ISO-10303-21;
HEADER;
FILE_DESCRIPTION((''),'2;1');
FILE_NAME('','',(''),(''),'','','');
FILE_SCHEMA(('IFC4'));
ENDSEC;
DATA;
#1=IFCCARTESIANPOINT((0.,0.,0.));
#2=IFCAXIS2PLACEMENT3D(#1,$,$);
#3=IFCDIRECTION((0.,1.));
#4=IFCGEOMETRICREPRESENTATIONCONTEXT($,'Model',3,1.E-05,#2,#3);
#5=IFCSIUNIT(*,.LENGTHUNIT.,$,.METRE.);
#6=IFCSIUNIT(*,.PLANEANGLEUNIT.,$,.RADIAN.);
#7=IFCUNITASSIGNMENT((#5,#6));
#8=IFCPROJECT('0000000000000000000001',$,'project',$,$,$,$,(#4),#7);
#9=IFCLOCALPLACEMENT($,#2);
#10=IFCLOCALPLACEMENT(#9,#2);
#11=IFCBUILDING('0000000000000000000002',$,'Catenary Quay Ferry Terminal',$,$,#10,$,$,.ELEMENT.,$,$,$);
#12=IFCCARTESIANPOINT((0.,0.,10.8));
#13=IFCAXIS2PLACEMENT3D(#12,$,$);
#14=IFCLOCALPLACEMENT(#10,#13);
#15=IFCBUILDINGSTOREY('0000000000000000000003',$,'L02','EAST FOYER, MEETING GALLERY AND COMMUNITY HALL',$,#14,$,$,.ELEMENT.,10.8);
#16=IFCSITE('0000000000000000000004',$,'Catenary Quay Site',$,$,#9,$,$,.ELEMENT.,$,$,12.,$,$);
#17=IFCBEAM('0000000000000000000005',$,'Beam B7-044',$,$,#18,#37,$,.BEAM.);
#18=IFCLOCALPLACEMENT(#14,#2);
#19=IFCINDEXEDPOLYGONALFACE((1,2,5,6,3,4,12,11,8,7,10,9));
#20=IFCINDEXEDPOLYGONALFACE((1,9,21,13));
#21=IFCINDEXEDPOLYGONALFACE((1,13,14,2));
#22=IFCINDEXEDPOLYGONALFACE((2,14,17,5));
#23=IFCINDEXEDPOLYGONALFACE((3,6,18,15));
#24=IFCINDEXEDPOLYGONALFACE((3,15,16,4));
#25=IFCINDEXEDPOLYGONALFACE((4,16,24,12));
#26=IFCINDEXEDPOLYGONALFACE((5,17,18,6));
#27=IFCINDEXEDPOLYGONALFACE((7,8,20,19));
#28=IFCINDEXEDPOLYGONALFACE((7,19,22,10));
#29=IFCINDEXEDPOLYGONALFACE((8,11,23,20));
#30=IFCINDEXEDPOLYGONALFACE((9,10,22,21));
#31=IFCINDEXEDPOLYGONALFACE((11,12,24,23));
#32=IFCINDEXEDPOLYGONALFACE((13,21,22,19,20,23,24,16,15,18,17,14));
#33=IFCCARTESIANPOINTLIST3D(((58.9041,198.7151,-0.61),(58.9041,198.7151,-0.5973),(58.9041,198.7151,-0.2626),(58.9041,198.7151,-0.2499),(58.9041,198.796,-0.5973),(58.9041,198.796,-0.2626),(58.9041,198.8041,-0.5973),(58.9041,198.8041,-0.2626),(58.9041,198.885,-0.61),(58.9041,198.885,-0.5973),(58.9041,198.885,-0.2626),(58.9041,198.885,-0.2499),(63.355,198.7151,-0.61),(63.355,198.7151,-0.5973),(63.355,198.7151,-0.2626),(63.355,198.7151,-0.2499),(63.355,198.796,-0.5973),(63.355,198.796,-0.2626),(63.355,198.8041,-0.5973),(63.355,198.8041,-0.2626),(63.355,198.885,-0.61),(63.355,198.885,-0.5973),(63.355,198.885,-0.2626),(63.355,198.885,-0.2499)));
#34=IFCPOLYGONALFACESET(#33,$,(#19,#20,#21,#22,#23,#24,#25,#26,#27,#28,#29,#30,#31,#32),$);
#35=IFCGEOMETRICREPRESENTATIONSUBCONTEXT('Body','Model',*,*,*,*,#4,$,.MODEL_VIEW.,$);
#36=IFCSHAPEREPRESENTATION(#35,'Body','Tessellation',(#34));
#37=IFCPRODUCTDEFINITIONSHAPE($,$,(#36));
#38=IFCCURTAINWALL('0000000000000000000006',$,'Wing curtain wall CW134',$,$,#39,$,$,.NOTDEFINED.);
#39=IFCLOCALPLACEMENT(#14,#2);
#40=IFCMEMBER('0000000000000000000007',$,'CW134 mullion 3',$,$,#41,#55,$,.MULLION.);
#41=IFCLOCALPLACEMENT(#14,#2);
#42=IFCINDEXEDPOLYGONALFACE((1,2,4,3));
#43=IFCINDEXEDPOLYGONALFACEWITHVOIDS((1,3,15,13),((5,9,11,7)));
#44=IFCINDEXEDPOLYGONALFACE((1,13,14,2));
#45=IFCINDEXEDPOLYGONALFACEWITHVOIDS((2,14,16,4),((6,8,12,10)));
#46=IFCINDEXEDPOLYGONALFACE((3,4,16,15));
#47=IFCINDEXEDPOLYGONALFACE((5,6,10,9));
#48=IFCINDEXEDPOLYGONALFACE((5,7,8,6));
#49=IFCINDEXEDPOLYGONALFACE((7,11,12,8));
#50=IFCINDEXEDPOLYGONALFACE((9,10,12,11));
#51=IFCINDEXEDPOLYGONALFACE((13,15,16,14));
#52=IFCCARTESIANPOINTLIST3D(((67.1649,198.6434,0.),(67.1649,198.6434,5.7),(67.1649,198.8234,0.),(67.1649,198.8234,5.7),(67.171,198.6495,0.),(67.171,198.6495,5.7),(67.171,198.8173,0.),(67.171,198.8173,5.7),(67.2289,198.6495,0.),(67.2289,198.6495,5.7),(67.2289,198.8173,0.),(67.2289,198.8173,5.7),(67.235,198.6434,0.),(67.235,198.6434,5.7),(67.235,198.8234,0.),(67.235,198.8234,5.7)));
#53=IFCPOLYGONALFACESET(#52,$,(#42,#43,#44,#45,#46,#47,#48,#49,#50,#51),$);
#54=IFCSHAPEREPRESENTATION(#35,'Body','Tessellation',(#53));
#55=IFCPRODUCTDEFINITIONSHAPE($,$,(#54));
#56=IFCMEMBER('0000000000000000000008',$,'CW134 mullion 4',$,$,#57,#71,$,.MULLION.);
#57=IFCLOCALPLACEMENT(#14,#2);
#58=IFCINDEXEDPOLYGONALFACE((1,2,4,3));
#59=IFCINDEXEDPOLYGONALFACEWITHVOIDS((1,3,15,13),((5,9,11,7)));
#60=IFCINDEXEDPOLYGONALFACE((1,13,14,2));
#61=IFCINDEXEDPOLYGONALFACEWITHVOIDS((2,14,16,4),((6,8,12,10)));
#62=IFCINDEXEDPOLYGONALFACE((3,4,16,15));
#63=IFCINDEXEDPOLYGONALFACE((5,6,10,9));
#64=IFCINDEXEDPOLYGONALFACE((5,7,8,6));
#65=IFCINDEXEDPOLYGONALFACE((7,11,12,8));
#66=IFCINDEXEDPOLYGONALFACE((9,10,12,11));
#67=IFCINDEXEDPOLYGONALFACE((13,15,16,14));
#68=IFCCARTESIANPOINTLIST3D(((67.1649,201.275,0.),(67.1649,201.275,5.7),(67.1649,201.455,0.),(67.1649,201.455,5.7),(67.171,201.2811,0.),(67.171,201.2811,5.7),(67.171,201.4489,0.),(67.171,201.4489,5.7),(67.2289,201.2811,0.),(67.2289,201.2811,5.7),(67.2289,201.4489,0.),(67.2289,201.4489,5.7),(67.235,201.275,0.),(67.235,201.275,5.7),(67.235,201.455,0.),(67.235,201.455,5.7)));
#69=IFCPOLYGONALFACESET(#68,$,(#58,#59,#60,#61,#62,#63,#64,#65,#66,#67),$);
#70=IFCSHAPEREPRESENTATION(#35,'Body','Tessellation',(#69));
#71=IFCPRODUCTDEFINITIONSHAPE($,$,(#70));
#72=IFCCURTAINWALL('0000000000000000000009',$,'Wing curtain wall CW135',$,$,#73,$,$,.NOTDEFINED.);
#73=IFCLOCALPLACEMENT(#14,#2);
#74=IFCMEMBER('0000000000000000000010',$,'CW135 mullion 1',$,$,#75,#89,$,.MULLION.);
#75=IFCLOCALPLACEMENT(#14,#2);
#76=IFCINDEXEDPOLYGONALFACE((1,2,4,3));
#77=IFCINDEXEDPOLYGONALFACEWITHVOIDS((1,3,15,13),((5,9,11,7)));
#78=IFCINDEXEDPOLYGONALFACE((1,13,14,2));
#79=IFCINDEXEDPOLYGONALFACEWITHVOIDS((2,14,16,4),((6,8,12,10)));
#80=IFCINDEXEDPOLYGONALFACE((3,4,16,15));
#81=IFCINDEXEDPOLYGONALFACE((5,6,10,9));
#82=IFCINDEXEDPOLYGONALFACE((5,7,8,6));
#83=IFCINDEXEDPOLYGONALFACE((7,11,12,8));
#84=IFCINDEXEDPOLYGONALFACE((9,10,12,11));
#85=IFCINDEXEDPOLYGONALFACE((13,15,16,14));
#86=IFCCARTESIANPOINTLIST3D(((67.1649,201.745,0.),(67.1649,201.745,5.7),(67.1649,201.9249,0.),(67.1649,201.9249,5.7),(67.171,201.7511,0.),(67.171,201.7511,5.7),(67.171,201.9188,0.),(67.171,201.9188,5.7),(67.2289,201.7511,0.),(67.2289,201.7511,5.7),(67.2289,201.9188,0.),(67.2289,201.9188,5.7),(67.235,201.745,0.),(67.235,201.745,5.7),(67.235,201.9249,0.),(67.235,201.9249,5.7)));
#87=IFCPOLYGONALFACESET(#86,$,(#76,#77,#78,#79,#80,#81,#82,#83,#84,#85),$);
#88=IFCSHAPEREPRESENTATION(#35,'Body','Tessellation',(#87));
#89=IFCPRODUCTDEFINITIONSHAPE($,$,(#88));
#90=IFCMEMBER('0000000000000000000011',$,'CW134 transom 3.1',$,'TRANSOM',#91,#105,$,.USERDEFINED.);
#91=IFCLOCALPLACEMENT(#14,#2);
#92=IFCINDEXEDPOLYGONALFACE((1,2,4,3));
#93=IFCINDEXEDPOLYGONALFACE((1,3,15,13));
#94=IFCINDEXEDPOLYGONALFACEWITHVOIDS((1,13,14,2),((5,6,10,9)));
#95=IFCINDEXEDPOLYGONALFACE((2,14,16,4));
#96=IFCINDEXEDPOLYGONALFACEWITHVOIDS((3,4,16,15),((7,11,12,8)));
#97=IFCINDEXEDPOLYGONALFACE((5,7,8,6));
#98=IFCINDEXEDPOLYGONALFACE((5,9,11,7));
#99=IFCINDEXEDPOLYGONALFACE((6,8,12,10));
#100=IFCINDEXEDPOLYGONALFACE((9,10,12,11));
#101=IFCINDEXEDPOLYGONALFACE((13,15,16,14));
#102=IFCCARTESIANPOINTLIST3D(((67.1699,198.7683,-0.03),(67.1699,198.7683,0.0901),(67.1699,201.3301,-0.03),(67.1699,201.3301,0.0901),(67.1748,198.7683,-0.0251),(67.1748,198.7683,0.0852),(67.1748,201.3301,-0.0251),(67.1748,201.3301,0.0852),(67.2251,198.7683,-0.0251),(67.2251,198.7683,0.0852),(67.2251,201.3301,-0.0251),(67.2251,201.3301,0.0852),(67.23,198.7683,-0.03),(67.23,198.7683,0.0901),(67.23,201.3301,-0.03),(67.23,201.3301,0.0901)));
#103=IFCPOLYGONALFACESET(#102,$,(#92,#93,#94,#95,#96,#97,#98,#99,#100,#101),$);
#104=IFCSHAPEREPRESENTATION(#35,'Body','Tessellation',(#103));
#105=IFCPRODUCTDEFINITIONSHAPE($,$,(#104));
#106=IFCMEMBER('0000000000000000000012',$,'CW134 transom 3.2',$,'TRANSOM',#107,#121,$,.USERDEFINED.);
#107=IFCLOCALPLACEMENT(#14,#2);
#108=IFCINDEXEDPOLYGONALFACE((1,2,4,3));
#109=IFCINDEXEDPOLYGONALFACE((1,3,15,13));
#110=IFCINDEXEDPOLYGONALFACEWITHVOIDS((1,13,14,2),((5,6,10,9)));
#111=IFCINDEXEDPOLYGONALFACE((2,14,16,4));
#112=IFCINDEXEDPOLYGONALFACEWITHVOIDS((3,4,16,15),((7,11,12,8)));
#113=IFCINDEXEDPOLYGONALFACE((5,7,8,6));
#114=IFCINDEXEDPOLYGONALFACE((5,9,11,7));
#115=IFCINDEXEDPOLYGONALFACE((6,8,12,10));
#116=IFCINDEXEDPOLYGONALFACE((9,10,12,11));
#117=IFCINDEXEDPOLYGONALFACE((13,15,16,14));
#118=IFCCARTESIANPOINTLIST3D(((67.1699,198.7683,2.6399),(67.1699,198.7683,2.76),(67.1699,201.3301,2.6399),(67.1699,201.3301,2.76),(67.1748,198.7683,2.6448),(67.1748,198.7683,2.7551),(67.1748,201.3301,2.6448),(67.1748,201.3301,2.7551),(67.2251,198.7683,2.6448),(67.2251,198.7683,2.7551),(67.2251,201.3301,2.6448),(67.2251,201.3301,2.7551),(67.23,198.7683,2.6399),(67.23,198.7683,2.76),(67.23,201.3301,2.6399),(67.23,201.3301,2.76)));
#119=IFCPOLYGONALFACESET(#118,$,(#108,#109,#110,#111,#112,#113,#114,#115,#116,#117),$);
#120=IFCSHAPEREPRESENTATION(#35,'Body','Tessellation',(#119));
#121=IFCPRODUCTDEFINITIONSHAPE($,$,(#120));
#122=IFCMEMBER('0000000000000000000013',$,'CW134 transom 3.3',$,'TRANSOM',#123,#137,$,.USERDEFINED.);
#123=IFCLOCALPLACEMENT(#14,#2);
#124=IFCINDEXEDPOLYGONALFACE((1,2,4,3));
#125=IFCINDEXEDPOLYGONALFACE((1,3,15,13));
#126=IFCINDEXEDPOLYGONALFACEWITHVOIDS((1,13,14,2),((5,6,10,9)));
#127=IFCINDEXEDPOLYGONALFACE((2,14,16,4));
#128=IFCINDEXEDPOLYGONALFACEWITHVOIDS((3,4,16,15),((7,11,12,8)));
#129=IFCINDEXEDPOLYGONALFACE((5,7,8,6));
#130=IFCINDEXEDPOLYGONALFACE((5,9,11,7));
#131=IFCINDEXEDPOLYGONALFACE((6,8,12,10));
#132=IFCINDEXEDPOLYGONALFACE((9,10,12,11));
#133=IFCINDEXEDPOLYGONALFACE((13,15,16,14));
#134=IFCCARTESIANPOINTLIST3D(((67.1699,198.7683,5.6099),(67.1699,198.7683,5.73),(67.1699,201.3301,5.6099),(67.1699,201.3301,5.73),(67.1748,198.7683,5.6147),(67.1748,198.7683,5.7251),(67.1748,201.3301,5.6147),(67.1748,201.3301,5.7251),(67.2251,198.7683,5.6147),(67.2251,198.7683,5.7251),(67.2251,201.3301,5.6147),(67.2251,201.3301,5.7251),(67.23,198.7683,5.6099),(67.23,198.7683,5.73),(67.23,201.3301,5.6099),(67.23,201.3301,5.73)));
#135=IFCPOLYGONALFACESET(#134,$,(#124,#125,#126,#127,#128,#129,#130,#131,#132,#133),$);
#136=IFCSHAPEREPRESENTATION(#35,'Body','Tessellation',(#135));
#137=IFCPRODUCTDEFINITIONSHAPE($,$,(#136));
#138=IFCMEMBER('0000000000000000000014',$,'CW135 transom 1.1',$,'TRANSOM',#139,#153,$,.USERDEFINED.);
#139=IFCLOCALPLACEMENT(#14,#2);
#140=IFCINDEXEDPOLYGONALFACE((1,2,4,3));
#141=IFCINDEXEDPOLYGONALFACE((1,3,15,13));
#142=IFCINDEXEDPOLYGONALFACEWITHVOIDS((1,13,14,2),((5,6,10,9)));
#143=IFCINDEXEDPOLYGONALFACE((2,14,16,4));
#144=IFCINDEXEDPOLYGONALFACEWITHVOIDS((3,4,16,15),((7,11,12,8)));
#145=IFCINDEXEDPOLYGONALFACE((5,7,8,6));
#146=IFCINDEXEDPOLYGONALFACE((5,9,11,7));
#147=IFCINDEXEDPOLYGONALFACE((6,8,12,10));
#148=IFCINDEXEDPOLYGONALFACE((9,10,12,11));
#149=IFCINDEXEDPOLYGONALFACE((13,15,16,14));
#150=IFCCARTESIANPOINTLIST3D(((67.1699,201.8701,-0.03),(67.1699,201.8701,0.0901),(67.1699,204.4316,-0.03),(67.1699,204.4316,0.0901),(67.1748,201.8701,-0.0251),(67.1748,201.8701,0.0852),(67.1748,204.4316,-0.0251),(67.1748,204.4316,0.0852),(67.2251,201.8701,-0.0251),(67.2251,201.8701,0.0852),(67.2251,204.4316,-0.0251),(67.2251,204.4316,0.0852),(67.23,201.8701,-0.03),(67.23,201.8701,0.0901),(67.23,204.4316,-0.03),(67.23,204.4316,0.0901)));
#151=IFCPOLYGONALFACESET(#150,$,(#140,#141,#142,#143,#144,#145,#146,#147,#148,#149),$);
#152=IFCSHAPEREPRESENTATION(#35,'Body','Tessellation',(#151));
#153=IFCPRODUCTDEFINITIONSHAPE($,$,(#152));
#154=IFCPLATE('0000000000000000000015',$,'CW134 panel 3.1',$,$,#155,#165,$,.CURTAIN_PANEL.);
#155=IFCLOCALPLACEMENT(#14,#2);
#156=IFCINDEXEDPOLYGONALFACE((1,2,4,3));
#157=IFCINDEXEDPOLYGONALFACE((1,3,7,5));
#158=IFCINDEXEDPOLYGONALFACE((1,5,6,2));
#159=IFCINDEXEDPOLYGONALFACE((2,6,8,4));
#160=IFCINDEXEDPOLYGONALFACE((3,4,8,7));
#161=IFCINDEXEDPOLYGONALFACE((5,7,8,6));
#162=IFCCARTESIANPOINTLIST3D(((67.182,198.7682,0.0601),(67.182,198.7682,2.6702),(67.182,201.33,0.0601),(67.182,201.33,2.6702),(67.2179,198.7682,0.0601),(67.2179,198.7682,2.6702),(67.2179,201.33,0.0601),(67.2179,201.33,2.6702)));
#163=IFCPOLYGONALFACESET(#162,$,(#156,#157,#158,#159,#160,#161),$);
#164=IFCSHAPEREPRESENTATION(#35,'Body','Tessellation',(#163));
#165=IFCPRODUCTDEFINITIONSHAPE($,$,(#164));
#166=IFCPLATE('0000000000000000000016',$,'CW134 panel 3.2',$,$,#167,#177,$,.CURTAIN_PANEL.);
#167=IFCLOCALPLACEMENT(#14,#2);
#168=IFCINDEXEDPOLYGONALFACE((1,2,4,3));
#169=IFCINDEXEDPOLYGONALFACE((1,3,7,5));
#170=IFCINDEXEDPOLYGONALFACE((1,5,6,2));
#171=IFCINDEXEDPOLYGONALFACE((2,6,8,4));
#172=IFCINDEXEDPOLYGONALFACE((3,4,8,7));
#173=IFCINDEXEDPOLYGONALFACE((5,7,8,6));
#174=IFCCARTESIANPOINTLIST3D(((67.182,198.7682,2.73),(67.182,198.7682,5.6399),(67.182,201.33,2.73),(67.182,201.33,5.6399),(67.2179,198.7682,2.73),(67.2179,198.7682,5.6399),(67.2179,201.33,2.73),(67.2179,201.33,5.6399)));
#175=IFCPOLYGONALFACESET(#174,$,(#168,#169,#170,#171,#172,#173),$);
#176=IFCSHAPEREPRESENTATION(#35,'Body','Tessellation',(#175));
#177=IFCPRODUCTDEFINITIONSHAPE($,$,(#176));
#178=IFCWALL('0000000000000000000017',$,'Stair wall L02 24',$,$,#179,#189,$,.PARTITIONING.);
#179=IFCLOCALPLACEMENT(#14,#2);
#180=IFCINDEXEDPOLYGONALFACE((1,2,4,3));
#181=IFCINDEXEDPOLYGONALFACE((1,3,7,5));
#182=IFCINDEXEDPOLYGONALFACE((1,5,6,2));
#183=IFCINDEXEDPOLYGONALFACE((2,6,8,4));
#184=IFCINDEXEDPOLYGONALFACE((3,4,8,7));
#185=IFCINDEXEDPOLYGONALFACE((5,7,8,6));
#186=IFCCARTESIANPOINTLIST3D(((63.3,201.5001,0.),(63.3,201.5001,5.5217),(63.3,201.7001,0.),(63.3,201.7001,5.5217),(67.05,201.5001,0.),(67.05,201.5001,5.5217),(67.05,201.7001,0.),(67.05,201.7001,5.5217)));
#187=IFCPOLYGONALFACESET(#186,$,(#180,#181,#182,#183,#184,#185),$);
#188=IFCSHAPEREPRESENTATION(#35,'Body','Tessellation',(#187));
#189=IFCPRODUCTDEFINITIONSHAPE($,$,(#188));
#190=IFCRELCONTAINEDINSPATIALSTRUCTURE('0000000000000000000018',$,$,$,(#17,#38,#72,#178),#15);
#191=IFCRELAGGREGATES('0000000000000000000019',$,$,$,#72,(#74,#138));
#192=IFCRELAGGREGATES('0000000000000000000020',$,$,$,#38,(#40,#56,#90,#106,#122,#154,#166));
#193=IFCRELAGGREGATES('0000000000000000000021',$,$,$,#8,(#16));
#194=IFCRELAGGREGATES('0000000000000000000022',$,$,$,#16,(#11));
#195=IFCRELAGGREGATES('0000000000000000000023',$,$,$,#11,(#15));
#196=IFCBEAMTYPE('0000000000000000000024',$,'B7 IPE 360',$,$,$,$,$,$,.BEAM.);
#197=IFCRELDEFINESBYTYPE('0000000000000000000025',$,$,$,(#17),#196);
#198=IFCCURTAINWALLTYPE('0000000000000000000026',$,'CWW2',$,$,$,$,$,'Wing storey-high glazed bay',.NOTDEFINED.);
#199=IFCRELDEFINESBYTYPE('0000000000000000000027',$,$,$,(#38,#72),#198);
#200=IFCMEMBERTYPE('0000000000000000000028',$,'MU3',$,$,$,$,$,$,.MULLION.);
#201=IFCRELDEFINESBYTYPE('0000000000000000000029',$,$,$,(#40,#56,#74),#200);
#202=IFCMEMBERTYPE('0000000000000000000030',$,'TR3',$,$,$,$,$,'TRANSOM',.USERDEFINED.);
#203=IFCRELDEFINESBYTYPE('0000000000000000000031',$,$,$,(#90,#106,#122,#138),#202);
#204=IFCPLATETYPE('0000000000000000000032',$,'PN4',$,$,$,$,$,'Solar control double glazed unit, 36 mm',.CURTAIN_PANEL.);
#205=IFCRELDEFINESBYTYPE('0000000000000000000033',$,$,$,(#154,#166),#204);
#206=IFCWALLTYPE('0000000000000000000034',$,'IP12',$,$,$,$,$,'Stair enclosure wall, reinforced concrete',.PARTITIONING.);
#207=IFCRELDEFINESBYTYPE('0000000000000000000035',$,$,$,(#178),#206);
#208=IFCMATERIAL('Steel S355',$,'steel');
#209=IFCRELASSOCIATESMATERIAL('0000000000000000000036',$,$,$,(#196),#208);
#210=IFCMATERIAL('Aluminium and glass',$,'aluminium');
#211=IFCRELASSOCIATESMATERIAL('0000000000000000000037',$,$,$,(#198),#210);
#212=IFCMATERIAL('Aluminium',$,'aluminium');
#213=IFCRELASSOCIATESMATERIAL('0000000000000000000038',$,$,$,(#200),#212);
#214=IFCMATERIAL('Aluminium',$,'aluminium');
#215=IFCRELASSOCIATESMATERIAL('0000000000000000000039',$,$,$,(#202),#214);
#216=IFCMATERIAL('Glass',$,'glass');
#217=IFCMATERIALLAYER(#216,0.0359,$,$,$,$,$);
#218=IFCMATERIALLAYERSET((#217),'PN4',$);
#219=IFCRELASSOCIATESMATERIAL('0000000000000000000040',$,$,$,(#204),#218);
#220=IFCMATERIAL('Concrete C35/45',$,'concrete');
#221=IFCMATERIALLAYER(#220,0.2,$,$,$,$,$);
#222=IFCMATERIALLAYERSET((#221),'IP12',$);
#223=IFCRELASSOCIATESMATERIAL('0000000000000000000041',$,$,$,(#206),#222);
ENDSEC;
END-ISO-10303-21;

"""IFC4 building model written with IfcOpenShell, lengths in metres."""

from ifc_helpers import new_model, si_unit, direction, frame, frame_2d, origin, origin_2d, place, context, subcontext, project, spatial, rectangle, hollow_rectangle, i_section, extrude, material, layer, layer_set, material_profile, profile_set, type_object, element, aggregate, save


model = new_model("IFC4")

# Units and contexts
model_context = context("Model", 3, precision=1e-05, world=origin(), true_north=direction((0.0, 1.0)))
body_context = subcontext(model_context, "Body", "Model", "MODEL_VIEW")
ifc_project = project(units=[si_unit("LENGTHUNIT", "METRE"), si_unit("PLANEANGLEUNIT", "RADIAN")], contexts=[model_context])

# Site, building, storey
site_placement = place(None, origin())
site = spatial("IfcSite", under=ifc_project, at=site_placement, Name="Catenary Quay Site", CompositionType="ELEMENT", RefElevation=12.0)
building_placement = place(site_placement, origin())
building = spatial("IfcBuilding", under=site, at=building_placement, Name="Catenary Quay Ferry Terminal", CompositionType="ELEMENT")
storey_placement = place(building_placement, frame((0.0, 0.0, 10.8)))
storey = spatial("IfcBuildingStorey", under=building, at=storey_placement, Name="L02", Description="EAST FOYER, MEETING GALLERY AND COMMUNITY HALL", CompositionType="ELEMENT", Elevation=10.8)

# Beam
ifc_material_1 = material(Name="Steel S355", Category="steel")
ifc_material_profile_1 = material_profile(ifc_material_1, i_section(OverallWidth=0.1699, OverallDepth=0.3601, WebThickness=0.0081, FlangeThickness=0.0127, at=origin_2d()), Name="IPE 360")
ifc_profile_set_1 = profile_set([ifc_material_profile_1], Name="Steel S355")
beam_type_1 = type_object("IfcBeamType", Name="B7 IPE 360", PredefinedType="BEAM", material=ifc_profile_set_1)
beam_1_placement = place(storey_placement, frame((58.9041, 198.8, -0.4299), z_axis=(1.0, 0.0, 0.0), x_axis=(0.0, 1.0, 0.0)))
element("IfcBeam", 1, at=beam_1_placement, inside=storey, type_object=beam_type_1, Name="Beam B7-044", PredefinedType="BEAM", context=body_context, shape_type="SweptSolid", body=[
    extrude(i_section(OverallWidth=0.1699, OverallDepth=0.3601, WebThickness=0.0081, FlangeThickness=0.0127, at=origin_2d()), origin(), (0.0, 0.0, 1.0), 4.4509),
])

# Curtain wall, members
ifc_material_2 = material(Name="Aluminium and glass", Category="aluminium")
curtain_wall_type = type_object("IfcCurtainWallType", Name="CWW2", ElementType="Wing storey-high glazed bay", PredefinedType="NOTDEFINED", material=ifc_material_2)
curtain_wall_1_placement = place(storey_placement, origin())
curtain_wall_1 = element("IfcCurtainWall", 2, at=curtain_wall_1_placement, inside=storey, type_object=curtain_wall_type, Name="Wing curtain wall CW134", PredefinedType="NOTDEFINED")
ifc_material_3 = material(Name="Aluminium", Category="aluminium")
ifc_material_profile_2 = material_profile(ifc_material_3, hollow_rectangle(XDim=0.0701, YDim=0.1799, WallThickness=0.0061, at=origin_2d()), Name="MU3")
ifc_profile_set_2 = profile_set([ifc_material_profile_2], Name="Aluminium")
member_type_1 = type_object("IfcMemberType", Name="MU3", PredefinedType="MULLION", material=ifc_profile_set_2)
member_1_placement = place(storey_placement, frame((67.2, 198.7334, 0.0), z_axis=(0.0, 0.0, 1.0), x_axis=(-1.0, 0.0, 0.0)))
member_1 = element("IfcMember", 3, at=member_1_placement, type_object=member_type_1, Name="CW134 mullion 3", PredefinedType="MULLION", context=body_context, shape_type="SweptSolid", body=[
    extrude(hollow_rectangle(XDim=0.0701, YDim=0.1799, WallThickness=0.0061, at=origin_2d()), origin(), (0.0, 0.0, 1.0), 5.7),
])
member_2_placement = place(storey_placement, frame((67.2, 201.365, 0.0), z_axis=(0.0, 0.0, 1.0), x_axis=(-1.0, 0.0, 0.0)))
member_2 = element("IfcMember", 4, at=member_2_placement, type_object=member_type_1, Name="CW134 mullion 4", PredefinedType="MULLION", context=body_context, shape_type="SweptSolid", body=[
    extrude(hollow_rectangle(XDim=0.0701, YDim=0.1799, WallThickness=0.0061, at=origin_2d()), origin(), (0.0, 0.0, 1.0), 5.7),
])

# Curtain wall, member
curtain_wall_2_placement = place(storey_placement, origin())
curtain_wall_2 = element("IfcCurtainWall", 5, at=curtain_wall_2_placement, inside=storey, type_object=curtain_wall_type, Name="Wing curtain wall CW135", PredefinedType="NOTDEFINED")
member_3_placement = place(storey_placement, frame((67.2, 201.835, 0.0), z_axis=(0.0, 0.0, 1.0), x_axis=(-1.0, 0.0, 0.0)))
member_3 = element("IfcMember", 6, at=member_3_placement, type_object=member_type_1, Name="CW135 mullion 1", PredefinedType="MULLION", context=body_context, shape_type="SweptSolid", body=[
    extrude(hollow_rectangle(XDim=0.0701, YDim=0.1799, WallThickness=0.0061, at=origin_2d()), origin(), (0.0, 0.0, 1.0), 5.7),
])

# Members
ifc_material_4 = material(Name="Aluminium", Category="aluminium")
ifc_material_profile_3 = material_profile(ifc_material_4, hollow_rectangle(XDim=0.0601, YDim=0.1201, WallThickness=0.0049, at=origin_2d()), Name="TR3")
ifc_profile_set_3 = profile_set([ifc_material_profile_3], Name="Aluminium")
member_type_2 = type_object("IfcMemberType", Name="TR3", ElementType="TRANSOM", PredefinedType="USERDEFINED", material=ifc_profile_set_3)
member_4_placement = place(storey_placement, frame((67.2, 198.7683, 0.03), z_axis=(0.0, 1.0, 0.0), x_axis=(-1.0, 0.0, 0.0)))
member_4 = element("IfcMember", 7, at=member_4_placement, type_object=member_type_2, Name="CW134 transom 3.1", ObjectType="TRANSOM", PredefinedType="USERDEFINED", context=body_context, shape_type="SweptSolid", body=[
    extrude(hollow_rectangle(XDim=0.0601, YDim=0.1201, WallThickness=0.0049, at=origin_2d()), origin(), (0.0, 0.0, 1.0), 2.5618),
])
member_5_placement = place(storey_placement, frame((67.2, 198.7683, 2.7), z_axis=(0.0, 1.0, 0.0), x_axis=(-1.0, 0.0, 0.0)))
member_5 = element("IfcMember", 8, at=member_5_placement, type_object=member_type_2, Name="CW134 transom 3.2", ObjectType="TRANSOM", PredefinedType="USERDEFINED", context=body_context, shape_type="SweptSolid", body=[
    extrude(hollow_rectangle(XDim=0.0601, YDim=0.1201, WallThickness=0.0049, at=origin_2d()), origin(), (0.0, 0.0, 1.0), 2.5618),
])
member_6_placement = place(storey_placement, frame((67.2, 198.7683, 5.6699), z_axis=(0.0, 1.0, 0.0), x_axis=(-1.0, 0.0, 0.0)))
member_6 = element("IfcMember", 9, at=member_6_placement, type_object=member_type_2, Name="CW134 transom 3.3", ObjectType="TRANSOM", PredefinedType="USERDEFINED", context=body_context, shape_type="SweptSolid", body=[
    extrude(hollow_rectangle(XDim=0.0601, YDim=0.1201, WallThickness=0.0049, at=origin_2d()), origin(), (0.0, 0.0, 1.0), 2.5618),
])
member_7_placement = place(storey_placement, frame((67.2, 201.8701, 0.03), z_axis=(0.0, 1.0, 0.0), x_axis=(-1.0, 0.0, 0.0)))
member_7 = element("IfcMember", 10, at=member_7_placement, type_object=member_type_2, Name="CW135 transom 1.1", ObjectType="TRANSOM", PredefinedType="USERDEFINED", context=body_context, shape_type="SweptSolid", body=[
    extrude(hollow_rectangle(XDim=0.0601, YDim=0.1201, WallThickness=0.0049, at=origin_2d()), origin(), (0.0, 0.0, 1.0), 2.5615),
])
aggregate(curtain_wall_2, [member_3, member_7])

# Plates
ifc_material_5 = material(Name="Glass", Category="glass")
ifc_layer_1 = layer(ifc_material_5, 0.0359)
ifc_layer_set_1 = layer_set([ifc_layer_1], Name="PN4")
plate_type = type_object("IfcPlateType", Name="PN4", ElementType="Solar control double glazed unit, 36 mm", PredefinedType="CURTAIN_PANEL", material=ifc_layer_set_1)
plate_1_placement = place(storey_placement, frame((67.2, 200.0491, 0.0601), z_axis=(0.0, 0.0, 1.0), x_axis=(0.0, 1.0, 0.0)))
plate_1 = element("IfcPlate", 11, at=plate_1_placement, type_object=plate_type, Name="CW134 panel 3.1", PredefinedType="CURTAIN_PANEL", context=body_context, shape_type="SweptSolid", body=[
    extrude(rectangle(XDim=2.5618, YDim=0.0359, at=origin_2d()), origin(), (0.0, 0.0, 1.0), 2.6101),
])
plate_2_placement = place(storey_placement, frame((67.2, 200.0491, 2.73), z_axis=(0.0, 0.0, 1.0), x_axis=(0.0, 1.0, 0.0)))
plate_2 = element("IfcPlate", 12, at=plate_2_placement, type_object=plate_type, Name="CW134 panel 3.2", PredefinedType="CURTAIN_PANEL", context=body_context, shape_type="SweptSolid", body=[
    extrude(rectangle(XDim=2.5618, YDim=0.0359, at=origin_2d()), origin(), (0.0, 0.0, 1.0), 2.9099),
])
aggregate(curtain_wall_1, [member_1, member_2, member_4, member_5, member_6, plate_1, plate_2])

# Wall
ifc_material_6 = material(Name="Concrete C35/45", Category="concrete")
ifc_layer_2 = layer(ifc_material_6, 0.2)
ifc_layer_set_2 = layer_set([ifc_layer_2], Name="IP12")
wall_type_1 = type_object("IfcWallType", Name="IP12", ElementType="Stair enclosure wall, reinforced concrete", PredefinedType="PARTITIONING", material=ifc_layer_set_2)
wall_1_placement = place(storey_placement, frame((63.3, 201.6001, 0.0), z_axis=(0.0, 0.0, 1.0), x_axis=(1.0, 0.0, 0.0)))
element("IfcWall", 13, at=wall_1_placement, inside=storey, type_object=wall_type_1, Name="Stair wall L02 24", PredefinedType="PARTITIONING", context=body_context, shape_type="SweptSolid", body=[
    extrude(rectangle(XDim=3.75, YDim=0.2, at=frame_2d((1.875, 0.0))), origin(), (0.0, 0.0, 1.0), 5.5217),
])

save(model, "model.ifc")
